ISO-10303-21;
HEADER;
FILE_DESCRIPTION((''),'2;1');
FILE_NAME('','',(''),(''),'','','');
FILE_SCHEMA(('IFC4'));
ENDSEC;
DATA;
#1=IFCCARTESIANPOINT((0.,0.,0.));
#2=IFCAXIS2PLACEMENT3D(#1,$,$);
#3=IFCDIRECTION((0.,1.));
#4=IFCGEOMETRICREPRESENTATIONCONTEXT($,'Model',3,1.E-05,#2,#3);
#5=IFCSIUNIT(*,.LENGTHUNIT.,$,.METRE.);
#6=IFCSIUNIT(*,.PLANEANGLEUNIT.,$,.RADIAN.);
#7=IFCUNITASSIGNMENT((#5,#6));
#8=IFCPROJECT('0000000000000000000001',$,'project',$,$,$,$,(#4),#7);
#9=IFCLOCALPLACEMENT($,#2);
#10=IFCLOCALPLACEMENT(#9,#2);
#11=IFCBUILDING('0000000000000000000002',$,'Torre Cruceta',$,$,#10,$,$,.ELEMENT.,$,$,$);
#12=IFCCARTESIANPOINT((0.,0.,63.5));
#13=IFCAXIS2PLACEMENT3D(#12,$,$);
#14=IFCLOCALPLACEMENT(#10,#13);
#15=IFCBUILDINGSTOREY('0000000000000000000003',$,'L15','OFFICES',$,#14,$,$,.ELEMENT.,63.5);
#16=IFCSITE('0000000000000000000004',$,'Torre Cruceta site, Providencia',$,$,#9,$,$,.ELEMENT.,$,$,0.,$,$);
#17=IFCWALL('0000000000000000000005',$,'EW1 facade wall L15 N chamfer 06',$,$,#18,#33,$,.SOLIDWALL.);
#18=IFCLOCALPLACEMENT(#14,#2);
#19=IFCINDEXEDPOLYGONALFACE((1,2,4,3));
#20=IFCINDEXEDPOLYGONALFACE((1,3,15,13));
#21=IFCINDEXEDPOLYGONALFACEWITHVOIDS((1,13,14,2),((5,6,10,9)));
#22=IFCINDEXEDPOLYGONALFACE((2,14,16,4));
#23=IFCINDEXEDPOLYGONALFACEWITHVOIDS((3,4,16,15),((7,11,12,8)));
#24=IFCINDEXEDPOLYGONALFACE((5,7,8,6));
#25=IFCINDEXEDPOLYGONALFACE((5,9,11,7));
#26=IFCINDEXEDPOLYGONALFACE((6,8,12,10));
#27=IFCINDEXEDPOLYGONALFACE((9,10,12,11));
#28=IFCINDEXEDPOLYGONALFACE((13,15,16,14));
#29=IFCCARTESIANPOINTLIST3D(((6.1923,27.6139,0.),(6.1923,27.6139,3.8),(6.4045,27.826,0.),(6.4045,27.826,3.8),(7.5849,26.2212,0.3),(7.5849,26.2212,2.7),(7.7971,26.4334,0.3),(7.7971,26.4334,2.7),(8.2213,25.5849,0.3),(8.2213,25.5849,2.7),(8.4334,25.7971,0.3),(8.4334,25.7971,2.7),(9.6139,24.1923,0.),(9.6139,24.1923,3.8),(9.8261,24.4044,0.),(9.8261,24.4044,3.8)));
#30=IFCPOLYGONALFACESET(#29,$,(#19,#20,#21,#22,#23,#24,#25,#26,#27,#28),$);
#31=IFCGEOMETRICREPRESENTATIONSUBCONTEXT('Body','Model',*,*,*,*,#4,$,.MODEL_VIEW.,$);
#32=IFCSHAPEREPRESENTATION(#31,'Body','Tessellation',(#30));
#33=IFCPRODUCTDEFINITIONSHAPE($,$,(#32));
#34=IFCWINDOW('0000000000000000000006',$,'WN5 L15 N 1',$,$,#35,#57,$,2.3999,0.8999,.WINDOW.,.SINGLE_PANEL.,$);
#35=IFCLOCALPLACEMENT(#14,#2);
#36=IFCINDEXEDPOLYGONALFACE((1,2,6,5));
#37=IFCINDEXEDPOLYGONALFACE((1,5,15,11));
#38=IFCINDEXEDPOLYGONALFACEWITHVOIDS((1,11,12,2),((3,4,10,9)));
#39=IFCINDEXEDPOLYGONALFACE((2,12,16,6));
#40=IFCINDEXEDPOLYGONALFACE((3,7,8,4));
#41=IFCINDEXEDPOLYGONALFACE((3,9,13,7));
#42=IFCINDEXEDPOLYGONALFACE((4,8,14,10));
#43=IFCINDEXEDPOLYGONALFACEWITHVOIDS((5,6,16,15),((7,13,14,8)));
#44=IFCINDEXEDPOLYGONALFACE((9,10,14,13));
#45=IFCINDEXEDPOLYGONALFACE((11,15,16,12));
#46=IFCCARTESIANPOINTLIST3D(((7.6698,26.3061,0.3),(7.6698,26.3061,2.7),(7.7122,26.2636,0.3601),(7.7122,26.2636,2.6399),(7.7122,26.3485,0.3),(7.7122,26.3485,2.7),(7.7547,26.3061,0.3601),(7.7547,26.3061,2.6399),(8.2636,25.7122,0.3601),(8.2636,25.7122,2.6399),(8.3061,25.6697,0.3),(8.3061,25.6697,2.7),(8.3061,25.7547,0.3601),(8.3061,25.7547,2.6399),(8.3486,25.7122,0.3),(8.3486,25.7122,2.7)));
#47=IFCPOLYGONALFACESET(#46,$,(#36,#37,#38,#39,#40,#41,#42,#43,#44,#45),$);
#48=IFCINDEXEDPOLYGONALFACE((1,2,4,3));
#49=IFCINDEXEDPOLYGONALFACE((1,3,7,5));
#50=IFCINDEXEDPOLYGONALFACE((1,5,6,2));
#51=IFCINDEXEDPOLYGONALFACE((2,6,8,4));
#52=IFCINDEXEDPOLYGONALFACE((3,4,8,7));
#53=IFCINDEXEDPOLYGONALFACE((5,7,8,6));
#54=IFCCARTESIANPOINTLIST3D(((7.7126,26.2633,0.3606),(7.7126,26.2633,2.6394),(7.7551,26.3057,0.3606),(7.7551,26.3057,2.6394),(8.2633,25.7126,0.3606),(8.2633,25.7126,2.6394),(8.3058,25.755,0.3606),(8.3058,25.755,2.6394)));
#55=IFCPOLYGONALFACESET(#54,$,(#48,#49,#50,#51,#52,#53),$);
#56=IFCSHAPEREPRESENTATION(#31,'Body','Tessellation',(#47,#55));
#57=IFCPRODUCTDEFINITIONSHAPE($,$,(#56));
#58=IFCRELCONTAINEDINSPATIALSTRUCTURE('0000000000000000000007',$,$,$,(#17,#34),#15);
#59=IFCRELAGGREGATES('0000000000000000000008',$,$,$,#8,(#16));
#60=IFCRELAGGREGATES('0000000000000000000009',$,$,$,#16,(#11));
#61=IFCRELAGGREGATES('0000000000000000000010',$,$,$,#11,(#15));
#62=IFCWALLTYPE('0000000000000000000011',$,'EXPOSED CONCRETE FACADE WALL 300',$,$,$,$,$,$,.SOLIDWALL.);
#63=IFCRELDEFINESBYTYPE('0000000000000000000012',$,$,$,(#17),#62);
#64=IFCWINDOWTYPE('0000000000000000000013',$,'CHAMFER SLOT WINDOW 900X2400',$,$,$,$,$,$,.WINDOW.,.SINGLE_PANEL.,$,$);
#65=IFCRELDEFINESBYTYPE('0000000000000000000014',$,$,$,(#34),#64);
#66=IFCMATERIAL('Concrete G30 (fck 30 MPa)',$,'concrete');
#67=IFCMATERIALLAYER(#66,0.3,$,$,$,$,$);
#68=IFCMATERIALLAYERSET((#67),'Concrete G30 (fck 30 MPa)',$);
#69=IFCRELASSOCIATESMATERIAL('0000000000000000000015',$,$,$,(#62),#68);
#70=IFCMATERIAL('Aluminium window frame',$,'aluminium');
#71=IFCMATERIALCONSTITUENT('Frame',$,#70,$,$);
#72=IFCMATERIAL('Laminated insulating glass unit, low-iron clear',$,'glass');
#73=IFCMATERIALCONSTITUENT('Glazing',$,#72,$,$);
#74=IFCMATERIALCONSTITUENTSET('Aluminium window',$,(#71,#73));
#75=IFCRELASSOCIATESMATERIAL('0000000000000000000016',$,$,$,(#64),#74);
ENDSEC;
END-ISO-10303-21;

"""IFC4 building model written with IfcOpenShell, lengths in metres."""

from ifc_helpers import new_model, si_unit, direction, frame, frame_2d, origin, place, context, subcontext, project, spatial, rectangle, hollow_rectangle, extrude, material, layer, layer_set, constituent, constituent_set, type_object, element, fill, save


model = new_model("IFC4")

# Units and contexts
model_context = context("Model", 3, precision=1e-05, world=origin(), true_north=direction((0.0, 1.0)))
body_context = subcontext(model_context, "Body", "Model", "MODEL_VIEW")
ifc_project = project(units=[si_unit("LENGTHUNIT", "METRE"), si_unit("PLANEANGLEUNIT", "RADIAN")], contexts=[model_context])

# Site, building, storey
site_placement = place(None, origin())
site = spatial("IfcSite", under=ifc_project, at=site_placement, Name="Torre Cruceta site, Providencia", CompositionType="ELEMENT", RefElevation=0.0)
building_placement = place(site_placement, origin())
building = spatial("IfcBuilding", under=site, at=building_placement, Name="Torre Cruceta", CompositionType="ELEMENT")
storey_placement = place(building_placement, frame((0.0, 0.0, 63.5)))
storey = spatial("IfcBuildingStorey", under=building, at=storey_placement, Name="L15", Description="OFFICES", CompositionType="ELEMENT", Elevation=63.5)

# Wall, opening, window
ifc_material_1 = material(Name="Concrete G30 (fck 30 MPa)", Category="concrete")
ifc_layer_1 = layer(ifc_material_1, 0.3)
ifc_layer_set_1 = layer_set([ifc_layer_1], Name="Concrete G30 (fck 30 MPa)")
wall_type = type_object("IfcWallType", Name="EXPOSED CONCRETE FACADE WALL 300", PredefinedType="SOLIDWALL", material=ifc_layer_set_1)
wall_placement = place(storey_placement, frame((9.72, 24.2983, 0.0), z_axis=(0.0, 0.0, 1.0), x_axis=(-0.707107, 0.707107, 0.0)))
wall = element("IfcWall", 1, at=wall_placement, inside=storey, type_object=wall_type, Name="EW1 facade wall L15 N chamfer 06", PredefinedType="SOLIDWALL", context=body_context, shape_type="SweptSolid", body=[
    extrude(rectangle(XDim=4.8389, YDim=0.3, at=frame_2d((2.4194, 0.0))), origin(), (0.0, 0.0, 1.0), 3.8),
])
opening_placement = place(wall_placement, frame((1.9695, 0.0, 0.3)))
opening = element("IfcOpeningElement", 2, at=opening_placement, cuts=wall, PredefinedType="OPENING", context=body_context, shape_type="SweptSolid", body=[
    extrude(rectangle(XDim=0.8999, YDim=2.3999, at=frame_2d((0.45, 1.2))), frame((0.0, 0.1599, 0.0), z_axis=(0.0, -1.0, 0.0), x_axis=(1.0, 0.0, 0.0)), (0.0, 0.0, 1.0), 0.3201),
])
ifc_material_2 = material(Name="Aluminium window frame", Category="aluminium")
ifc_constituent_1 = constituent(ifc_material_2, Name="Frame")
ifc_material_3 = material(Name="Laminated insulating glass unit, low-iron clear", Category="glass")
ifc_constituent_2 = constituent(ifc_material_3, Name="Glazing")
ifc_constituent_set = constituent_set(constituents=[ifc_constituent_1, ifc_constituent_2], Name="Aluminium window")
window_type = type_object("IfcWindowType", Name="CHAMFER SLOT WINDOW 900X2400", PartitioningType="SINGLE_PANEL", PredefinedType="WINDOW", material=ifc_constituent_set)
window_placement = place(opening_placement, origin())
window = element("IfcWindow", 3, at=window_placement, inside=storey, type_object=window_type, Name="WN5 L15 N 1", OverallHeight=2.3999, OverallWidth=0.8999, PartitioningType="SINGLE_PANEL", PredefinedType="WINDOW", context=body_context, shape_type="SweptSolid", body=[
    extrude(hollow_rectangle(XDim=0.8999, YDim=2.3999, WallThickness=0.0601, at=frame_2d((0.45, 1.2))), frame((0.0, 0.03, 0.0), z_axis=(0.0, -1.0, 0.0), x_axis=(1.0, 0.0, 0.0)), (0.0, 0.0, 1.0), 0.0601),
    extrude(rectangle(XDim=0.7788, YDim=2.2788, at=frame_2d((0.45, 1.2))), frame((0.0, 0.03, 0.0), z_axis=(0.0, -1.0, 0.0), x_axis=(1.0, 0.0, 0.0)), (0.0, 0.0, 1.0), 0.0601),
])
fill(opening, window)

save(model, "model.ifc")
